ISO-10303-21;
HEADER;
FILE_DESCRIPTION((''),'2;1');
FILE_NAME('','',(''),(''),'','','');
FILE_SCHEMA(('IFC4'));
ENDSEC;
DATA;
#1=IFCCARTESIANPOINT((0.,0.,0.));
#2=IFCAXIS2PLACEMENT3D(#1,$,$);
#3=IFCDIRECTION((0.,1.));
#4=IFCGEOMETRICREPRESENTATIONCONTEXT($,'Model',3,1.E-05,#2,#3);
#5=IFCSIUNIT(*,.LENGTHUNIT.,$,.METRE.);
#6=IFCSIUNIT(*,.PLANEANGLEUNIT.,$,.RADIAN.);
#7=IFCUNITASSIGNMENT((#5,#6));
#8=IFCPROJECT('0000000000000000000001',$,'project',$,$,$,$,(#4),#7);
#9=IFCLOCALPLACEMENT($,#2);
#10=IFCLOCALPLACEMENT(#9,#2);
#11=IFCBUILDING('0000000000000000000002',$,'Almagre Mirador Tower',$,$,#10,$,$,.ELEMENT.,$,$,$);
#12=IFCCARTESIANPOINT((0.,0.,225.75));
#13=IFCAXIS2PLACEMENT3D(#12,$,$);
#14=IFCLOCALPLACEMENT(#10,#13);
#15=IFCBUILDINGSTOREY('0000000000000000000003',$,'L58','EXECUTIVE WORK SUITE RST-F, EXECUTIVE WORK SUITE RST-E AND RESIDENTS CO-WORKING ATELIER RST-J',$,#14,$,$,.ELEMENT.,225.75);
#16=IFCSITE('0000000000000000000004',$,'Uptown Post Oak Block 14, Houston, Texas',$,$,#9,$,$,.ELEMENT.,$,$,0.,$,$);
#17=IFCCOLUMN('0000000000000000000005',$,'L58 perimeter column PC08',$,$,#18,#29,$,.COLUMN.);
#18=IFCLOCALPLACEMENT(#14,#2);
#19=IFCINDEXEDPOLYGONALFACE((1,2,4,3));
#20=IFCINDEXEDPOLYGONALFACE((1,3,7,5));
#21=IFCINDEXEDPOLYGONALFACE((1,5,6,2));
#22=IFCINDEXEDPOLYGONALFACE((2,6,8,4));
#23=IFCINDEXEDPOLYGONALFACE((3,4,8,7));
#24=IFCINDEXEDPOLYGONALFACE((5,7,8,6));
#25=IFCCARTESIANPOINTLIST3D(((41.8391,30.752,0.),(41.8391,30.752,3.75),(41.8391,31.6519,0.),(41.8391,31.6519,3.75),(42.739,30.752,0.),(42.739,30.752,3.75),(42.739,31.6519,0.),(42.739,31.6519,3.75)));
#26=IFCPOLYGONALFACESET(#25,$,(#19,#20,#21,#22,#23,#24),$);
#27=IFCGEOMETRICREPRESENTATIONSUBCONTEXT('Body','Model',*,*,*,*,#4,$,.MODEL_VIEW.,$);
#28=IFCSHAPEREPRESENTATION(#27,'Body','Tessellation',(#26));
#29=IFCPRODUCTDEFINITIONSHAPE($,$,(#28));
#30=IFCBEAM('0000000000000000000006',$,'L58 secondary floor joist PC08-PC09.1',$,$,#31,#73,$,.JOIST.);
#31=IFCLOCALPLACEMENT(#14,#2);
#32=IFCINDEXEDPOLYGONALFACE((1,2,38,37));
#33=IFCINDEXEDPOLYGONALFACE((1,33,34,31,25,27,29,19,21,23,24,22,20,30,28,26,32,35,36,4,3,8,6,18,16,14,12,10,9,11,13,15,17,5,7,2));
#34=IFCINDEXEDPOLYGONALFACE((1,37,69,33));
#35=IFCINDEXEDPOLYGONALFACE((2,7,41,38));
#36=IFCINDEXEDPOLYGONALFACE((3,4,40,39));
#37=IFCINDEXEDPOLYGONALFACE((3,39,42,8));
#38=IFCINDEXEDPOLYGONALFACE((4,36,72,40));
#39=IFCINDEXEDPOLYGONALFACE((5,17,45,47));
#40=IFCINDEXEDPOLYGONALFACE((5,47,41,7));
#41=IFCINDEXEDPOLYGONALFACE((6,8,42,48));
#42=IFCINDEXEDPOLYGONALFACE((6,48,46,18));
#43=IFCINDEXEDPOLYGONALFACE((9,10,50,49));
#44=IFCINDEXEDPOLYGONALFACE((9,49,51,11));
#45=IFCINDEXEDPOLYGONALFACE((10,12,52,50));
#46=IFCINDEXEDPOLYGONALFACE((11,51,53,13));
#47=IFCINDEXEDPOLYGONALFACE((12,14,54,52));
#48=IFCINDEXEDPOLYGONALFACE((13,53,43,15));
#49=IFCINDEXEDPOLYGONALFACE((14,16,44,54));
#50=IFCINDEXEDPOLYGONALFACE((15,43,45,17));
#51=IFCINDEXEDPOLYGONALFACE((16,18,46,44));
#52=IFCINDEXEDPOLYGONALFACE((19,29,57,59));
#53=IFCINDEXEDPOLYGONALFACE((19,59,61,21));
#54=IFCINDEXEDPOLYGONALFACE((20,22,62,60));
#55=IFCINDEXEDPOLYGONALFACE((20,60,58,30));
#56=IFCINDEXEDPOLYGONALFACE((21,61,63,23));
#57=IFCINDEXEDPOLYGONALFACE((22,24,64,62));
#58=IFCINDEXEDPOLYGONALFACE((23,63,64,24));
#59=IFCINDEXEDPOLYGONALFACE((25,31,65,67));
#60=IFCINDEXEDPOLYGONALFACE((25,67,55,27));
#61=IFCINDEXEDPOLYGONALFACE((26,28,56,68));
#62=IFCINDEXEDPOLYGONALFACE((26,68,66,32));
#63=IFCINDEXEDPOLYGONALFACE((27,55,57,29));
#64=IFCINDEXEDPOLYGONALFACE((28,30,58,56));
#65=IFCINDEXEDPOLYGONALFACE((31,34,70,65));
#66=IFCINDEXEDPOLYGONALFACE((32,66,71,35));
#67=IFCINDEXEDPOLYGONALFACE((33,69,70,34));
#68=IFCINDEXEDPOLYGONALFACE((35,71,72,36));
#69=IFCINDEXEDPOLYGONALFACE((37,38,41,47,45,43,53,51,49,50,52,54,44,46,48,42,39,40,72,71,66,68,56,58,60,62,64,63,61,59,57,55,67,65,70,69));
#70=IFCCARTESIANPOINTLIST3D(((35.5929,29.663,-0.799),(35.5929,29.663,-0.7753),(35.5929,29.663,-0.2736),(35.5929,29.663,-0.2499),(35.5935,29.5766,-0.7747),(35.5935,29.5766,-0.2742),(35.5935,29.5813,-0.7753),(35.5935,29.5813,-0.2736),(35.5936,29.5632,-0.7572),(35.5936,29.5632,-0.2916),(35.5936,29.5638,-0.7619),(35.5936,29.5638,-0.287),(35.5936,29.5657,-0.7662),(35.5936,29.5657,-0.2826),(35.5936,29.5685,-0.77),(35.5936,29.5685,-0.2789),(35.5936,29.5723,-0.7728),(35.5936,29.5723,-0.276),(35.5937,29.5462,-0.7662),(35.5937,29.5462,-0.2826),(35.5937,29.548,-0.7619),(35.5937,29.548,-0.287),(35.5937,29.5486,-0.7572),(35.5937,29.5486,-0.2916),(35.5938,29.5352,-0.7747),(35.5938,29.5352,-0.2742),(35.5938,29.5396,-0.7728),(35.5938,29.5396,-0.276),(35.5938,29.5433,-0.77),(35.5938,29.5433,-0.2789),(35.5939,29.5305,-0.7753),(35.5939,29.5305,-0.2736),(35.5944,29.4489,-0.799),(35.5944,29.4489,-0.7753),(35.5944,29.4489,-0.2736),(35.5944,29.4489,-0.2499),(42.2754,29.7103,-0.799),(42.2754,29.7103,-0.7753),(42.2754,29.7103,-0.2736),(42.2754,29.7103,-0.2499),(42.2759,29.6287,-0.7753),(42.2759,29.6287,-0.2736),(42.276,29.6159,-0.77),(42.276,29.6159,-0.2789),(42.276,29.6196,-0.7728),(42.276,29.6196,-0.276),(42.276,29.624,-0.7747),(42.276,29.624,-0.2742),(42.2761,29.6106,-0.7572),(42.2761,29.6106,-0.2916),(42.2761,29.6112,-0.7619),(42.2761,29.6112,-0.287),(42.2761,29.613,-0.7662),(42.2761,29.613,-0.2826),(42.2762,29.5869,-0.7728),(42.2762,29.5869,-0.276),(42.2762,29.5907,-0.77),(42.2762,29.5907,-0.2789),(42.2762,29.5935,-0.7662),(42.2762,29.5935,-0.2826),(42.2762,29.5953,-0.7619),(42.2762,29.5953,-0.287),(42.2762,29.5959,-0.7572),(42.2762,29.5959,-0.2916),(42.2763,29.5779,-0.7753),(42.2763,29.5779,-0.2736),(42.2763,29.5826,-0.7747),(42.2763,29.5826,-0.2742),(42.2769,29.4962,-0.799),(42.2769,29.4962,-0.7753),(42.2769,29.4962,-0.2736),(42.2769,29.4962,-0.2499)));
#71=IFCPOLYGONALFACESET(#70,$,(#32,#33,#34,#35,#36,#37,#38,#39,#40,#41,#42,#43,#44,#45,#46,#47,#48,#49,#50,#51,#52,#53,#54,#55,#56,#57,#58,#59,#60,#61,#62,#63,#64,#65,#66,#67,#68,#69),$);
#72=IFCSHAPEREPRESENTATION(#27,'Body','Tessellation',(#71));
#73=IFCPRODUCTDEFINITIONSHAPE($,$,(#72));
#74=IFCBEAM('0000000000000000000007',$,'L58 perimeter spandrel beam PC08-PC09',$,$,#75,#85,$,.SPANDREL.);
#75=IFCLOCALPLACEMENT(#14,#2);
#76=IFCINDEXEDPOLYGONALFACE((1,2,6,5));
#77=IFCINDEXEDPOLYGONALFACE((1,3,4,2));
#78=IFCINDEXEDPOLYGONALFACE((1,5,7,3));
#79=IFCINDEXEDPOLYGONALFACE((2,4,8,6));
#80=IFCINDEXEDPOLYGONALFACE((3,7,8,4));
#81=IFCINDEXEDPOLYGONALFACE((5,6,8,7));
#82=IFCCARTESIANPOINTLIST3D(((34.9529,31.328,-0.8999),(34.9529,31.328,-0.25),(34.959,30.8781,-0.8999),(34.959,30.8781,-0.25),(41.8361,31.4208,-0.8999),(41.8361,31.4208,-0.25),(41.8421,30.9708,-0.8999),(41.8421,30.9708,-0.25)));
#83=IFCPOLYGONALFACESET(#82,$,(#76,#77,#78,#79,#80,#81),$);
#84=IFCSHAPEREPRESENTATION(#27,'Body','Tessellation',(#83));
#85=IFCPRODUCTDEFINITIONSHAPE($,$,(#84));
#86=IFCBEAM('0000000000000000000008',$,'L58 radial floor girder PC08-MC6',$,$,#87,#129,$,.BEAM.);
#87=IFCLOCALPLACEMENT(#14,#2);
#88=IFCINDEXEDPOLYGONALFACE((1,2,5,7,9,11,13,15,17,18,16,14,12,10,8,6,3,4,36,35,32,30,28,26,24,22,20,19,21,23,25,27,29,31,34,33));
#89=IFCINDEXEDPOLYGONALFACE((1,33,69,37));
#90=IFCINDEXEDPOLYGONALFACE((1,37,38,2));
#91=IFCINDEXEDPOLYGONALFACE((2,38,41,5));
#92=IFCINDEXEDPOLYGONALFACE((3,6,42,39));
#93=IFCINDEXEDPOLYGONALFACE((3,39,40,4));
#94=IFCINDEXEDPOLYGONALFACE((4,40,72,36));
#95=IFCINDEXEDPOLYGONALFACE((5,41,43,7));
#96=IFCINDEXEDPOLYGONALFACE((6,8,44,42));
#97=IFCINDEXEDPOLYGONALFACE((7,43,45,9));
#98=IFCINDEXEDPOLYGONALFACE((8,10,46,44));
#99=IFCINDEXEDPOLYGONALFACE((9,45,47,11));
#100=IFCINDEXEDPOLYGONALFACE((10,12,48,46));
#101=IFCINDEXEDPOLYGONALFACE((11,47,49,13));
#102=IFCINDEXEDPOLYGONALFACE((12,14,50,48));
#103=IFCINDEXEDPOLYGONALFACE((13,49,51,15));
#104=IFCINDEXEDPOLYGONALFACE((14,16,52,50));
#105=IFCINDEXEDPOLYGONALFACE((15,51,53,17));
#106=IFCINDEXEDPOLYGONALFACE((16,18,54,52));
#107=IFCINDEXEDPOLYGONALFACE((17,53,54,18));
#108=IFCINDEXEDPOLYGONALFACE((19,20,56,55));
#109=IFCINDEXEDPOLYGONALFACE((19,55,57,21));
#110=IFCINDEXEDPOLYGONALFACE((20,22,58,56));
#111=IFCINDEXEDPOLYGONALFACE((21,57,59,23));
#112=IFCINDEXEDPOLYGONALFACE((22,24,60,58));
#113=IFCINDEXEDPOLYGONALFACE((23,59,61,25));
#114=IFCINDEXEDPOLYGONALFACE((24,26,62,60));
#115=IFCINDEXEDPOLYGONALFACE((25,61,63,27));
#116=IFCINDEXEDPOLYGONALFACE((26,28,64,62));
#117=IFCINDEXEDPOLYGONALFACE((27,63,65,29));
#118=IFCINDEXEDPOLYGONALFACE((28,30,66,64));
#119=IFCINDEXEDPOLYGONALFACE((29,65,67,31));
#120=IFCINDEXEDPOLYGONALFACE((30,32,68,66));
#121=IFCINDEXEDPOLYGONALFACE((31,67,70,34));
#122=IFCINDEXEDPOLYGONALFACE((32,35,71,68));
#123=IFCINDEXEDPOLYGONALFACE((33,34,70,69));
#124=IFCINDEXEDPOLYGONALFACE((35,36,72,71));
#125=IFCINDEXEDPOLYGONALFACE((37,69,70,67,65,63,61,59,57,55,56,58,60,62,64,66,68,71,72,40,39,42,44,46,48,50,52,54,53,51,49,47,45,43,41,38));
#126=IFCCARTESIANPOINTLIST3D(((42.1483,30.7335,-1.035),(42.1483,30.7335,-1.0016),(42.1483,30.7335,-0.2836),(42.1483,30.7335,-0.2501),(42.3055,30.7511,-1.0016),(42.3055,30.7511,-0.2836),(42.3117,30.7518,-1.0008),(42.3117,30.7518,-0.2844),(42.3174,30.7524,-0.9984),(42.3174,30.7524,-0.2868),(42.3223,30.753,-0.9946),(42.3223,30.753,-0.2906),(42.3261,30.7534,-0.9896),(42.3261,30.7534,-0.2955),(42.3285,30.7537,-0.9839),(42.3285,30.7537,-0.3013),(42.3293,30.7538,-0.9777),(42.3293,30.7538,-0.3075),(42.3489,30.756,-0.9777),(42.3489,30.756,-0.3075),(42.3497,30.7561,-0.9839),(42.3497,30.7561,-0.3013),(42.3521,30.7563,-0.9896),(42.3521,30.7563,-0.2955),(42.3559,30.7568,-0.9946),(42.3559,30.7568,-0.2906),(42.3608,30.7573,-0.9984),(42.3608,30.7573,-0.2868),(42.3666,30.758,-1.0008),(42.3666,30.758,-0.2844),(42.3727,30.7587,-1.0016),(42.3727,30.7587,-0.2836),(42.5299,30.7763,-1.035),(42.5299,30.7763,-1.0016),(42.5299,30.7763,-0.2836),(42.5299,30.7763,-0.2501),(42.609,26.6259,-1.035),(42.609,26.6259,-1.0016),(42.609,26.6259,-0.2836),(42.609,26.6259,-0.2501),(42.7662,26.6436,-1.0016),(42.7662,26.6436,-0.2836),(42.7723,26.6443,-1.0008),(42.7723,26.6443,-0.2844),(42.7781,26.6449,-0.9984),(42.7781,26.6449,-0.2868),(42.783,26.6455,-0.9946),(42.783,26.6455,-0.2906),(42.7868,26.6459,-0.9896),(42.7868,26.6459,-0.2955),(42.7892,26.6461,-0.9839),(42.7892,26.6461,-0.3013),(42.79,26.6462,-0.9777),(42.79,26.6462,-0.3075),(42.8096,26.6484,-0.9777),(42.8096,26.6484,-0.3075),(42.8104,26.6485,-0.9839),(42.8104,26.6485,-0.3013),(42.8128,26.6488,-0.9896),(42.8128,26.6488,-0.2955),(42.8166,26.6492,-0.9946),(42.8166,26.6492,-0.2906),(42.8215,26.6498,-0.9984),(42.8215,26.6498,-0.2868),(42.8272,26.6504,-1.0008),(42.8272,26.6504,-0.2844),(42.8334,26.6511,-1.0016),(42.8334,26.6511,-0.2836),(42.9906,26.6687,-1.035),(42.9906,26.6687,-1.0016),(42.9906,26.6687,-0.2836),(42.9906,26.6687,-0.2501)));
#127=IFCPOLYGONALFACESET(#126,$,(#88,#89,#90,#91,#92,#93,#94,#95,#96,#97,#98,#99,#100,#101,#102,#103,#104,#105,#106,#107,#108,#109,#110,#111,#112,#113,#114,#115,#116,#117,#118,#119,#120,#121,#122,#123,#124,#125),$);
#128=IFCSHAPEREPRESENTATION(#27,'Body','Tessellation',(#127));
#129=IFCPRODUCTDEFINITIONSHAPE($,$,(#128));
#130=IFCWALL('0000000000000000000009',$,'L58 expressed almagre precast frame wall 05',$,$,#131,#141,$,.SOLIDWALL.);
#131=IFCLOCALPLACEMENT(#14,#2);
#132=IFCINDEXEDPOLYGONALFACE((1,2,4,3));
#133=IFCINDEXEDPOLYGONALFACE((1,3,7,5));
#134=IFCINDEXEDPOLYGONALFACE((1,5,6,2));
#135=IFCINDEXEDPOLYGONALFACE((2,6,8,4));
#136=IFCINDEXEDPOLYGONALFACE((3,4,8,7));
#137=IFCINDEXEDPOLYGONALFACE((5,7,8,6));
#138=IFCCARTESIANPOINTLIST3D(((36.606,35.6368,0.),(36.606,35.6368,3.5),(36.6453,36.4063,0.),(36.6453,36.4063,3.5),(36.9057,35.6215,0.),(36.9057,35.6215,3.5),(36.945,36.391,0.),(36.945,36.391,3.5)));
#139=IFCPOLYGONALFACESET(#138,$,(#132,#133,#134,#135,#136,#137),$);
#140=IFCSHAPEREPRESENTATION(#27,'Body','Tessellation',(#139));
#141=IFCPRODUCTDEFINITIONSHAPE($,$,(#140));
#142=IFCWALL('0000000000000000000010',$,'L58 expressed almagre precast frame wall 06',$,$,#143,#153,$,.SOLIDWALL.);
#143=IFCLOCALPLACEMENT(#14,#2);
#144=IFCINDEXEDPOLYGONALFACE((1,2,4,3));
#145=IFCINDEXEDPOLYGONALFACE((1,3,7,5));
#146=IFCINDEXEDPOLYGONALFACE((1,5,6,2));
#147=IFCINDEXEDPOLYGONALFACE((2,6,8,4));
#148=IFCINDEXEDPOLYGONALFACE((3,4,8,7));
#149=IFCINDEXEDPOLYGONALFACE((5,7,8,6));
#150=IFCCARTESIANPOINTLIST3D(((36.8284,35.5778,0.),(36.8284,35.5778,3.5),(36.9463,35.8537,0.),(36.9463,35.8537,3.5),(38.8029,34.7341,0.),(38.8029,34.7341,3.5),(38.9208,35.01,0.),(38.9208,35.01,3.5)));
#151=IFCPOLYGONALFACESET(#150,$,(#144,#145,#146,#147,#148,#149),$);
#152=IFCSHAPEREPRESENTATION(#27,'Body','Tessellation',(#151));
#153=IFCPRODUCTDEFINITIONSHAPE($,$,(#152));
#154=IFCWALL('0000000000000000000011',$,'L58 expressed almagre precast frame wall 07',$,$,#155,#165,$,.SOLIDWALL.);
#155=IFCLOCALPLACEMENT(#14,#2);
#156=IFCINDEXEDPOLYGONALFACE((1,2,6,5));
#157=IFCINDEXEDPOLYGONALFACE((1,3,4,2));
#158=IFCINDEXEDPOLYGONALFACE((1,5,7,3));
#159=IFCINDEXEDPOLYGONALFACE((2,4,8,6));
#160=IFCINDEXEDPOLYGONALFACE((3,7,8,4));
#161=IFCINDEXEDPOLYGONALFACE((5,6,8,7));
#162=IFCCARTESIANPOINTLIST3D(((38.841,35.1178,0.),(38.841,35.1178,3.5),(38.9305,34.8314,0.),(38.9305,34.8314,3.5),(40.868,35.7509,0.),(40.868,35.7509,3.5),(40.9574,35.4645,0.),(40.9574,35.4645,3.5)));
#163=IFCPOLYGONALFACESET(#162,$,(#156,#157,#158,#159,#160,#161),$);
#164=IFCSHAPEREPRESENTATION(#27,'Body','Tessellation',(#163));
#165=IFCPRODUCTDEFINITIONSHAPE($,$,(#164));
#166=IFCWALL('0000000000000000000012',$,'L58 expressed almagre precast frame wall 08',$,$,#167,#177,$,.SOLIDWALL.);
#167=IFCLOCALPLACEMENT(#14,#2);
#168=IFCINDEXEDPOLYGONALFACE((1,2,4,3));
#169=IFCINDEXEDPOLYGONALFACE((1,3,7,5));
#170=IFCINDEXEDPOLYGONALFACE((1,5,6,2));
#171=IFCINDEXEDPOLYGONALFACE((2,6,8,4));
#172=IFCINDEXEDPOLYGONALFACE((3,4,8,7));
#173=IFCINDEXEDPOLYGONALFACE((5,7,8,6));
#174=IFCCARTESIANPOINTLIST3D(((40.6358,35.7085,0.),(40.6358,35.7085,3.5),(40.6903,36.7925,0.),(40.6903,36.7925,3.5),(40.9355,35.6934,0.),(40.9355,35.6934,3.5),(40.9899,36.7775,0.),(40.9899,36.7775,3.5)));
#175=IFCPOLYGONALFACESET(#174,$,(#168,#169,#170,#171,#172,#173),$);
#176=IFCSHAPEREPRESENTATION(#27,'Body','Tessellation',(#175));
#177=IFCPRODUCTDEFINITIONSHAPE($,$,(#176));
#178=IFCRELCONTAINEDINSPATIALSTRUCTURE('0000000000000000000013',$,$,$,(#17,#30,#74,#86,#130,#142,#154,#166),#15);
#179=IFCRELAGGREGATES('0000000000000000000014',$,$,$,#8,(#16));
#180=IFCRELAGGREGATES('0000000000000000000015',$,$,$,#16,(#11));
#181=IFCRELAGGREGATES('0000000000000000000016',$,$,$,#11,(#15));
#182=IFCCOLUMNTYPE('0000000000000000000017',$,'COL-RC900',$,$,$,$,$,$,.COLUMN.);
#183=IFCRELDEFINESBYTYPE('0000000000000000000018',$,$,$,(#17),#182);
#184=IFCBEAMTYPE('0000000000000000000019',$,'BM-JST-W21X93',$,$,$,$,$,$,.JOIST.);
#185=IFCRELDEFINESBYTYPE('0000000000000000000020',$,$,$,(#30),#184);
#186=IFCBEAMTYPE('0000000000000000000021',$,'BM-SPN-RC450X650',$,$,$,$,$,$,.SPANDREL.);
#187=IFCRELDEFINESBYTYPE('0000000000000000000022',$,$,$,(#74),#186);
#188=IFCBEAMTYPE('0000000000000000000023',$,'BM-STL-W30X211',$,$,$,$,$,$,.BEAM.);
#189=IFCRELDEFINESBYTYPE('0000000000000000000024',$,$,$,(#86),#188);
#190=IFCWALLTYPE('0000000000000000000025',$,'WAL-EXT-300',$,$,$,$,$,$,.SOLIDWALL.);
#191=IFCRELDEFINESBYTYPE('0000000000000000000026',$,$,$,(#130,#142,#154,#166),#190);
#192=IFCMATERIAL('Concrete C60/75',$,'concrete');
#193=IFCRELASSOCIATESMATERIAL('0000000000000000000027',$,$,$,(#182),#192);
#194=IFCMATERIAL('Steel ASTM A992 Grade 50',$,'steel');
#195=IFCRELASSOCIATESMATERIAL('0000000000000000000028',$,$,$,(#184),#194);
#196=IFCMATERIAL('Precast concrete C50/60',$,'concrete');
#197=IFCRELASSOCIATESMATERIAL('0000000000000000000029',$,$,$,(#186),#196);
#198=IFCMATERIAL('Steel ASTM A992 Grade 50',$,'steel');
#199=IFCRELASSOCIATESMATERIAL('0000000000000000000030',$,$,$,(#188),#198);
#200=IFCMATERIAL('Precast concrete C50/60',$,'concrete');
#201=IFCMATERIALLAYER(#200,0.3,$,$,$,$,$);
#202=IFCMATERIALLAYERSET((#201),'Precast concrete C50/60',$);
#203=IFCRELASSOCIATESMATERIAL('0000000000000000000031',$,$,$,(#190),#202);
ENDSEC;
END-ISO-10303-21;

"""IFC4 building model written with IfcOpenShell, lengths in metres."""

from ifc_helpers import new_model, si_unit, direction, frame, frame_2d, origin, origin_2d, place, context, subcontext, project, spatial, rectangle, i_section, extrude, material, layer, layer_set, material_profile, profile_set, type_object, element, save


model = new_model("IFC4")

# Units and contexts
model_context = context("Model", 3, precision=1e-05, world=origin(), true_north=direction((0.0, 1.0)))
body_context = subcontext(model_context, "Body", "Model", "MODEL_VIEW")
ifc_project = project(units=[si_unit("LENGTHUNIT", "METRE"), si_unit("PLANEANGLEUNIT", "RADIAN")], contexts=[model_context])

# Site, building, storey
site_placement = place(None, origin())
site = spatial("IfcSite", under=ifc_project, at=site_placement, Name="Uptown Post Oak Block 14, Houston, Texas", CompositionType="ELEMENT", RefElevation=0.0)
building_placement = place(site_placement, origin())
building = spatial("IfcBuilding", under=site, at=building_placement, Name="Almagre Mirador Tower", CompositionType="ELEMENT")
storey_placement = place(building_placement, frame((0.0, 0.0, 225.75)))
storey = spatial("IfcBuildingStorey", under=building, at=storey_placement, Name="L58", Description="EXECUTIVE WORK SUITE RST-F, EXECUTIVE WORK SUITE RST-E AND RESIDENTS CO-WORKING ATELIER RST-J", CompositionType="ELEMENT", Elevation=225.75)

# Column
ifc_material_1 = material(Name="Concrete C60/75", Category="concrete")
ifc_material_profile_1 = material_profile(ifc_material_1, rectangle(XDim=0.8999, YDim=0.8999, at=origin_2d()), Name="RC900X900")
ifc_profile_set_1 = profile_set([ifc_material_profile_1], Name="Concrete C60/75")
column_type = type_object("IfcColumnType", Name="COL-RC900", PredefinedType="COLUMN", material=ifc_profile_set_1)
column_placement = place(storey_placement, frame((42.2891, 31.2019, 0.0), z_axis=(0.0, 0.0, 1.0), x_axis=(1.0, 0.0, 0.0)))
element("IfcColumn", 1, at=column_placement, inside=storey, type_object=column_type, Name="L58 perimeter column PC08", PredefinedType="COLUMN", context=body_context, shape_type="SweptSolid", body=[
    extrude(rectangle(XDim=0.8999, YDim=0.8999, at=origin_2d()), origin(), (0.0, 0.0, 1.0), 3.75),
])

# Beams
ifc_material_2 = material(Name="Steel ASTM A992 Grade 50", Category="steel")
ifc_material_profile_2 = material_profile(ifc_material_2, i_section(OverallWidth=0.2141, OverallDepth=0.5491, WebThickness=0.0146, FlangeThickness=0.0237, FilletRadius=0.0181, at=origin_2d()), Name="W21X93")
ifc_profile_set_2 = profile_set([ifc_material_profile_2], Name="Steel ASTM A992 Grade 50")
beam_type_1 = type_object("IfcBeamType", Name="BM-JST-W21X93", PredefinedType="JOIST", material=ifc_profile_set_2)
beam_1_placement = place(storey_placement, frame((42.2761, 29.6033, -0.5244), z_axis=(-0.999975, -0.007088, 0.0), x_axis=(0.007088, -0.999975, 0.0)))
element("IfcBeam", 2, at=beam_1_placement, inside=storey, type_object=beam_type_1, Name="L58 secondary floor joist PC08-PC09.1", PredefinedType="JOIST", context=body_context, shape_type="SweptSolid", body=[
    extrude(i_section(OverallWidth=0.2141, OverallDepth=0.5491, WebThickness=0.0146, FlangeThickness=0.0237, FilletRadius=0.0181, at=origin_2d()), origin(), (0.0, 0.0, 1.0), 6.6826),
])
ifc_material_3 = material(Name="Precast concrete C50/60", Category="concrete")
ifc_material_profile_3 = material_profile(ifc_material_3, rectangle(XDim=0.45, YDim=0.6499, at=origin_2d()), Name="RC450X650")
ifc_profile_set_3 = profile_set([ifc_material_profile_3], Name="Precast concrete C50/60")
beam_type_2 = type_object("IfcBeamType", Name="BM-SPN-RC450X650", PredefinedType="SPANDREL", material=ifc_profile_set_3)
beam_2_placement = place(storey_placement, frame((41.8391, 31.1958, -0.575), z_axis=(-0.999909, -0.013477, 0.0), x_axis=(0.013477, -0.999909, 0.0)))
element("IfcBeam", 3, at=beam_2_placement, inside=storey, type_object=beam_type_2, Name="L58 perimeter spandrel beam PC08-PC09", PredefinedType="SPANDREL", context=body_context, shape_type="SweptSolid", body=[
    extrude(rectangle(XDim=0.45, YDim=0.6499, at=origin_2d()), origin(), (0.0, 0.0, 1.0), 6.8838),
])
ifc_material_4 = material(Name="Steel ASTM A992 Grade 50", Category="steel")
ifc_material_profile_4 = material_profile(ifc_material_4, i_section(OverallWidth=0.384, OverallDepth=0.7849, WebThickness=0.0198, FlangeThickness=0.0334, FilletRadius=0.0239, at=origin_2d()), Name="W30X211")
ifc_profile_set_4 = profile_set([ifc_material_profile_4], Name="Steel ASTM A992 Grade 50")
beam_type_3 = type_object("IfcBeamType", Name="BM-STL-W30X211", PredefinedType="BEAM", material=ifc_profile_set_4)
beam_3_placement = place(storey_placement, frame((42.3391, 30.7549, -0.6426), z_axis=(0.111456, -0.993769, 0.0), x_axis=(0.993769, 0.111456, 0.0)))
element("IfcBeam", 4, at=beam_3_placement, inside=storey, type_object=beam_type_3, Name="L58 radial floor girder PC08-MC6", PredefinedType="BEAM", context=body_context, shape_type="SweptSolid", body=[
    extrude(i_section(OverallWidth=0.384, OverallDepth=0.7849, WebThickness=0.0198, FlangeThickness=0.0334, FilletRadius=0.0239, at=origin_2d()), origin(), (0.0, 0.0, 1.0), 4.1333),
])

# Walls
ifc_material_5 = material(Name="Precast concrete C50/60", Category="concrete")
ifc_layer_1 = layer(ifc_material_5, 0.3)
ifc_layer_set_1 = layer_set([ifc_layer_1], Name="Precast concrete C50/60")
wall_type_1 = type_object("IfcWallType", Name="WAL-EXT-300", PredefinedType="SOLIDWALL", material=ifc_layer_set_1)
wall_1_placement = place(storey_placement, frame((36.7952, 36.3987, 0.0), z_axis=(0.0, 0.0, 1.0), x_axis=(-0.051012, -0.998698, 0.0)))
element("IfcWall", 5, at=wall_1_placement, inside=storey, type_object=wall_type_1, Name="L58 expressed almagre precast frame wall 05", PredefinedType="SOLIDWALL", context=body_context, shape_type="SweptSolid", body=[
    extrude(rectangle(XDim=0.7705, YDim=0.3, at=frame_2d((0.3853, 0.0))), origin(), (0.0, 0.0, 1.0), 3.5),
])
wall_2_placement = place(storey_placement, frame((36.8872, 35.7158, 0.0), z_axis=(0.0, 0.0, 1.0), x_axis=(0.919568, -0.392931, 0.0)))
element("IfcWall", 6, at=wall_2_placement, inside=storey, type_object=wall_type_1, Name="L58 expressed almagre precast frame wall 06", PredefinedType="SOLIDWALL", context=body_context, shape_type="SweptSolid", body=[
    extrude(rectangle(XDim=2.1472, YDim=0.3, at=frame_2d((1.0737, 0.0))), origin(), (0.0, 0.0, 1.0), 3.5),
])
wall_3_placement = place(storey_placement, frame((38.8857, 34.9746, 0.0), z_axis=(0.0, 0.0, 1.0), x_axis=(0.954525, 0.298131, 0.0)))
element("IfcWall", 7, at=wall_3_placement, inside=storey, type_object=wall_type_1, Name="L58 expressed almagre precast frame wall 07", PredefinedType="SOLIDWALL", context=body_context, shape_type="SweptSolid", body=[
    extrude(rectangle(XDim=2.1235, YDim=0.3, at=frame_2d((1.0618, 0.0))), origin(), (0.0, 0.0, 1.0), 3.5),
])
wall_4_placement = place(storey_placement, frame((40.7856, 35.7009, 0.0), z_axis=(0.0, 0.0, 1.0), x_axis=(0.050162, 0.998741, 0.0)))
element("IfcWall", 8, at=wall_4_placement, inside=storey, type_object=wall_type_1, Name="L58 expressed almagre precast frame wall 08", PredefinedType="SOLIDWALL", context=body_context, shape_type="SweptSolid", body=[
    extrude(rectangle(XDim=1.0854, YDim=0.3, at=frame_2d((0.5427, 0.0))), origin(), (0.0, 0.0, 1.0), 3.5),
])

save(model, "model.ifc")
